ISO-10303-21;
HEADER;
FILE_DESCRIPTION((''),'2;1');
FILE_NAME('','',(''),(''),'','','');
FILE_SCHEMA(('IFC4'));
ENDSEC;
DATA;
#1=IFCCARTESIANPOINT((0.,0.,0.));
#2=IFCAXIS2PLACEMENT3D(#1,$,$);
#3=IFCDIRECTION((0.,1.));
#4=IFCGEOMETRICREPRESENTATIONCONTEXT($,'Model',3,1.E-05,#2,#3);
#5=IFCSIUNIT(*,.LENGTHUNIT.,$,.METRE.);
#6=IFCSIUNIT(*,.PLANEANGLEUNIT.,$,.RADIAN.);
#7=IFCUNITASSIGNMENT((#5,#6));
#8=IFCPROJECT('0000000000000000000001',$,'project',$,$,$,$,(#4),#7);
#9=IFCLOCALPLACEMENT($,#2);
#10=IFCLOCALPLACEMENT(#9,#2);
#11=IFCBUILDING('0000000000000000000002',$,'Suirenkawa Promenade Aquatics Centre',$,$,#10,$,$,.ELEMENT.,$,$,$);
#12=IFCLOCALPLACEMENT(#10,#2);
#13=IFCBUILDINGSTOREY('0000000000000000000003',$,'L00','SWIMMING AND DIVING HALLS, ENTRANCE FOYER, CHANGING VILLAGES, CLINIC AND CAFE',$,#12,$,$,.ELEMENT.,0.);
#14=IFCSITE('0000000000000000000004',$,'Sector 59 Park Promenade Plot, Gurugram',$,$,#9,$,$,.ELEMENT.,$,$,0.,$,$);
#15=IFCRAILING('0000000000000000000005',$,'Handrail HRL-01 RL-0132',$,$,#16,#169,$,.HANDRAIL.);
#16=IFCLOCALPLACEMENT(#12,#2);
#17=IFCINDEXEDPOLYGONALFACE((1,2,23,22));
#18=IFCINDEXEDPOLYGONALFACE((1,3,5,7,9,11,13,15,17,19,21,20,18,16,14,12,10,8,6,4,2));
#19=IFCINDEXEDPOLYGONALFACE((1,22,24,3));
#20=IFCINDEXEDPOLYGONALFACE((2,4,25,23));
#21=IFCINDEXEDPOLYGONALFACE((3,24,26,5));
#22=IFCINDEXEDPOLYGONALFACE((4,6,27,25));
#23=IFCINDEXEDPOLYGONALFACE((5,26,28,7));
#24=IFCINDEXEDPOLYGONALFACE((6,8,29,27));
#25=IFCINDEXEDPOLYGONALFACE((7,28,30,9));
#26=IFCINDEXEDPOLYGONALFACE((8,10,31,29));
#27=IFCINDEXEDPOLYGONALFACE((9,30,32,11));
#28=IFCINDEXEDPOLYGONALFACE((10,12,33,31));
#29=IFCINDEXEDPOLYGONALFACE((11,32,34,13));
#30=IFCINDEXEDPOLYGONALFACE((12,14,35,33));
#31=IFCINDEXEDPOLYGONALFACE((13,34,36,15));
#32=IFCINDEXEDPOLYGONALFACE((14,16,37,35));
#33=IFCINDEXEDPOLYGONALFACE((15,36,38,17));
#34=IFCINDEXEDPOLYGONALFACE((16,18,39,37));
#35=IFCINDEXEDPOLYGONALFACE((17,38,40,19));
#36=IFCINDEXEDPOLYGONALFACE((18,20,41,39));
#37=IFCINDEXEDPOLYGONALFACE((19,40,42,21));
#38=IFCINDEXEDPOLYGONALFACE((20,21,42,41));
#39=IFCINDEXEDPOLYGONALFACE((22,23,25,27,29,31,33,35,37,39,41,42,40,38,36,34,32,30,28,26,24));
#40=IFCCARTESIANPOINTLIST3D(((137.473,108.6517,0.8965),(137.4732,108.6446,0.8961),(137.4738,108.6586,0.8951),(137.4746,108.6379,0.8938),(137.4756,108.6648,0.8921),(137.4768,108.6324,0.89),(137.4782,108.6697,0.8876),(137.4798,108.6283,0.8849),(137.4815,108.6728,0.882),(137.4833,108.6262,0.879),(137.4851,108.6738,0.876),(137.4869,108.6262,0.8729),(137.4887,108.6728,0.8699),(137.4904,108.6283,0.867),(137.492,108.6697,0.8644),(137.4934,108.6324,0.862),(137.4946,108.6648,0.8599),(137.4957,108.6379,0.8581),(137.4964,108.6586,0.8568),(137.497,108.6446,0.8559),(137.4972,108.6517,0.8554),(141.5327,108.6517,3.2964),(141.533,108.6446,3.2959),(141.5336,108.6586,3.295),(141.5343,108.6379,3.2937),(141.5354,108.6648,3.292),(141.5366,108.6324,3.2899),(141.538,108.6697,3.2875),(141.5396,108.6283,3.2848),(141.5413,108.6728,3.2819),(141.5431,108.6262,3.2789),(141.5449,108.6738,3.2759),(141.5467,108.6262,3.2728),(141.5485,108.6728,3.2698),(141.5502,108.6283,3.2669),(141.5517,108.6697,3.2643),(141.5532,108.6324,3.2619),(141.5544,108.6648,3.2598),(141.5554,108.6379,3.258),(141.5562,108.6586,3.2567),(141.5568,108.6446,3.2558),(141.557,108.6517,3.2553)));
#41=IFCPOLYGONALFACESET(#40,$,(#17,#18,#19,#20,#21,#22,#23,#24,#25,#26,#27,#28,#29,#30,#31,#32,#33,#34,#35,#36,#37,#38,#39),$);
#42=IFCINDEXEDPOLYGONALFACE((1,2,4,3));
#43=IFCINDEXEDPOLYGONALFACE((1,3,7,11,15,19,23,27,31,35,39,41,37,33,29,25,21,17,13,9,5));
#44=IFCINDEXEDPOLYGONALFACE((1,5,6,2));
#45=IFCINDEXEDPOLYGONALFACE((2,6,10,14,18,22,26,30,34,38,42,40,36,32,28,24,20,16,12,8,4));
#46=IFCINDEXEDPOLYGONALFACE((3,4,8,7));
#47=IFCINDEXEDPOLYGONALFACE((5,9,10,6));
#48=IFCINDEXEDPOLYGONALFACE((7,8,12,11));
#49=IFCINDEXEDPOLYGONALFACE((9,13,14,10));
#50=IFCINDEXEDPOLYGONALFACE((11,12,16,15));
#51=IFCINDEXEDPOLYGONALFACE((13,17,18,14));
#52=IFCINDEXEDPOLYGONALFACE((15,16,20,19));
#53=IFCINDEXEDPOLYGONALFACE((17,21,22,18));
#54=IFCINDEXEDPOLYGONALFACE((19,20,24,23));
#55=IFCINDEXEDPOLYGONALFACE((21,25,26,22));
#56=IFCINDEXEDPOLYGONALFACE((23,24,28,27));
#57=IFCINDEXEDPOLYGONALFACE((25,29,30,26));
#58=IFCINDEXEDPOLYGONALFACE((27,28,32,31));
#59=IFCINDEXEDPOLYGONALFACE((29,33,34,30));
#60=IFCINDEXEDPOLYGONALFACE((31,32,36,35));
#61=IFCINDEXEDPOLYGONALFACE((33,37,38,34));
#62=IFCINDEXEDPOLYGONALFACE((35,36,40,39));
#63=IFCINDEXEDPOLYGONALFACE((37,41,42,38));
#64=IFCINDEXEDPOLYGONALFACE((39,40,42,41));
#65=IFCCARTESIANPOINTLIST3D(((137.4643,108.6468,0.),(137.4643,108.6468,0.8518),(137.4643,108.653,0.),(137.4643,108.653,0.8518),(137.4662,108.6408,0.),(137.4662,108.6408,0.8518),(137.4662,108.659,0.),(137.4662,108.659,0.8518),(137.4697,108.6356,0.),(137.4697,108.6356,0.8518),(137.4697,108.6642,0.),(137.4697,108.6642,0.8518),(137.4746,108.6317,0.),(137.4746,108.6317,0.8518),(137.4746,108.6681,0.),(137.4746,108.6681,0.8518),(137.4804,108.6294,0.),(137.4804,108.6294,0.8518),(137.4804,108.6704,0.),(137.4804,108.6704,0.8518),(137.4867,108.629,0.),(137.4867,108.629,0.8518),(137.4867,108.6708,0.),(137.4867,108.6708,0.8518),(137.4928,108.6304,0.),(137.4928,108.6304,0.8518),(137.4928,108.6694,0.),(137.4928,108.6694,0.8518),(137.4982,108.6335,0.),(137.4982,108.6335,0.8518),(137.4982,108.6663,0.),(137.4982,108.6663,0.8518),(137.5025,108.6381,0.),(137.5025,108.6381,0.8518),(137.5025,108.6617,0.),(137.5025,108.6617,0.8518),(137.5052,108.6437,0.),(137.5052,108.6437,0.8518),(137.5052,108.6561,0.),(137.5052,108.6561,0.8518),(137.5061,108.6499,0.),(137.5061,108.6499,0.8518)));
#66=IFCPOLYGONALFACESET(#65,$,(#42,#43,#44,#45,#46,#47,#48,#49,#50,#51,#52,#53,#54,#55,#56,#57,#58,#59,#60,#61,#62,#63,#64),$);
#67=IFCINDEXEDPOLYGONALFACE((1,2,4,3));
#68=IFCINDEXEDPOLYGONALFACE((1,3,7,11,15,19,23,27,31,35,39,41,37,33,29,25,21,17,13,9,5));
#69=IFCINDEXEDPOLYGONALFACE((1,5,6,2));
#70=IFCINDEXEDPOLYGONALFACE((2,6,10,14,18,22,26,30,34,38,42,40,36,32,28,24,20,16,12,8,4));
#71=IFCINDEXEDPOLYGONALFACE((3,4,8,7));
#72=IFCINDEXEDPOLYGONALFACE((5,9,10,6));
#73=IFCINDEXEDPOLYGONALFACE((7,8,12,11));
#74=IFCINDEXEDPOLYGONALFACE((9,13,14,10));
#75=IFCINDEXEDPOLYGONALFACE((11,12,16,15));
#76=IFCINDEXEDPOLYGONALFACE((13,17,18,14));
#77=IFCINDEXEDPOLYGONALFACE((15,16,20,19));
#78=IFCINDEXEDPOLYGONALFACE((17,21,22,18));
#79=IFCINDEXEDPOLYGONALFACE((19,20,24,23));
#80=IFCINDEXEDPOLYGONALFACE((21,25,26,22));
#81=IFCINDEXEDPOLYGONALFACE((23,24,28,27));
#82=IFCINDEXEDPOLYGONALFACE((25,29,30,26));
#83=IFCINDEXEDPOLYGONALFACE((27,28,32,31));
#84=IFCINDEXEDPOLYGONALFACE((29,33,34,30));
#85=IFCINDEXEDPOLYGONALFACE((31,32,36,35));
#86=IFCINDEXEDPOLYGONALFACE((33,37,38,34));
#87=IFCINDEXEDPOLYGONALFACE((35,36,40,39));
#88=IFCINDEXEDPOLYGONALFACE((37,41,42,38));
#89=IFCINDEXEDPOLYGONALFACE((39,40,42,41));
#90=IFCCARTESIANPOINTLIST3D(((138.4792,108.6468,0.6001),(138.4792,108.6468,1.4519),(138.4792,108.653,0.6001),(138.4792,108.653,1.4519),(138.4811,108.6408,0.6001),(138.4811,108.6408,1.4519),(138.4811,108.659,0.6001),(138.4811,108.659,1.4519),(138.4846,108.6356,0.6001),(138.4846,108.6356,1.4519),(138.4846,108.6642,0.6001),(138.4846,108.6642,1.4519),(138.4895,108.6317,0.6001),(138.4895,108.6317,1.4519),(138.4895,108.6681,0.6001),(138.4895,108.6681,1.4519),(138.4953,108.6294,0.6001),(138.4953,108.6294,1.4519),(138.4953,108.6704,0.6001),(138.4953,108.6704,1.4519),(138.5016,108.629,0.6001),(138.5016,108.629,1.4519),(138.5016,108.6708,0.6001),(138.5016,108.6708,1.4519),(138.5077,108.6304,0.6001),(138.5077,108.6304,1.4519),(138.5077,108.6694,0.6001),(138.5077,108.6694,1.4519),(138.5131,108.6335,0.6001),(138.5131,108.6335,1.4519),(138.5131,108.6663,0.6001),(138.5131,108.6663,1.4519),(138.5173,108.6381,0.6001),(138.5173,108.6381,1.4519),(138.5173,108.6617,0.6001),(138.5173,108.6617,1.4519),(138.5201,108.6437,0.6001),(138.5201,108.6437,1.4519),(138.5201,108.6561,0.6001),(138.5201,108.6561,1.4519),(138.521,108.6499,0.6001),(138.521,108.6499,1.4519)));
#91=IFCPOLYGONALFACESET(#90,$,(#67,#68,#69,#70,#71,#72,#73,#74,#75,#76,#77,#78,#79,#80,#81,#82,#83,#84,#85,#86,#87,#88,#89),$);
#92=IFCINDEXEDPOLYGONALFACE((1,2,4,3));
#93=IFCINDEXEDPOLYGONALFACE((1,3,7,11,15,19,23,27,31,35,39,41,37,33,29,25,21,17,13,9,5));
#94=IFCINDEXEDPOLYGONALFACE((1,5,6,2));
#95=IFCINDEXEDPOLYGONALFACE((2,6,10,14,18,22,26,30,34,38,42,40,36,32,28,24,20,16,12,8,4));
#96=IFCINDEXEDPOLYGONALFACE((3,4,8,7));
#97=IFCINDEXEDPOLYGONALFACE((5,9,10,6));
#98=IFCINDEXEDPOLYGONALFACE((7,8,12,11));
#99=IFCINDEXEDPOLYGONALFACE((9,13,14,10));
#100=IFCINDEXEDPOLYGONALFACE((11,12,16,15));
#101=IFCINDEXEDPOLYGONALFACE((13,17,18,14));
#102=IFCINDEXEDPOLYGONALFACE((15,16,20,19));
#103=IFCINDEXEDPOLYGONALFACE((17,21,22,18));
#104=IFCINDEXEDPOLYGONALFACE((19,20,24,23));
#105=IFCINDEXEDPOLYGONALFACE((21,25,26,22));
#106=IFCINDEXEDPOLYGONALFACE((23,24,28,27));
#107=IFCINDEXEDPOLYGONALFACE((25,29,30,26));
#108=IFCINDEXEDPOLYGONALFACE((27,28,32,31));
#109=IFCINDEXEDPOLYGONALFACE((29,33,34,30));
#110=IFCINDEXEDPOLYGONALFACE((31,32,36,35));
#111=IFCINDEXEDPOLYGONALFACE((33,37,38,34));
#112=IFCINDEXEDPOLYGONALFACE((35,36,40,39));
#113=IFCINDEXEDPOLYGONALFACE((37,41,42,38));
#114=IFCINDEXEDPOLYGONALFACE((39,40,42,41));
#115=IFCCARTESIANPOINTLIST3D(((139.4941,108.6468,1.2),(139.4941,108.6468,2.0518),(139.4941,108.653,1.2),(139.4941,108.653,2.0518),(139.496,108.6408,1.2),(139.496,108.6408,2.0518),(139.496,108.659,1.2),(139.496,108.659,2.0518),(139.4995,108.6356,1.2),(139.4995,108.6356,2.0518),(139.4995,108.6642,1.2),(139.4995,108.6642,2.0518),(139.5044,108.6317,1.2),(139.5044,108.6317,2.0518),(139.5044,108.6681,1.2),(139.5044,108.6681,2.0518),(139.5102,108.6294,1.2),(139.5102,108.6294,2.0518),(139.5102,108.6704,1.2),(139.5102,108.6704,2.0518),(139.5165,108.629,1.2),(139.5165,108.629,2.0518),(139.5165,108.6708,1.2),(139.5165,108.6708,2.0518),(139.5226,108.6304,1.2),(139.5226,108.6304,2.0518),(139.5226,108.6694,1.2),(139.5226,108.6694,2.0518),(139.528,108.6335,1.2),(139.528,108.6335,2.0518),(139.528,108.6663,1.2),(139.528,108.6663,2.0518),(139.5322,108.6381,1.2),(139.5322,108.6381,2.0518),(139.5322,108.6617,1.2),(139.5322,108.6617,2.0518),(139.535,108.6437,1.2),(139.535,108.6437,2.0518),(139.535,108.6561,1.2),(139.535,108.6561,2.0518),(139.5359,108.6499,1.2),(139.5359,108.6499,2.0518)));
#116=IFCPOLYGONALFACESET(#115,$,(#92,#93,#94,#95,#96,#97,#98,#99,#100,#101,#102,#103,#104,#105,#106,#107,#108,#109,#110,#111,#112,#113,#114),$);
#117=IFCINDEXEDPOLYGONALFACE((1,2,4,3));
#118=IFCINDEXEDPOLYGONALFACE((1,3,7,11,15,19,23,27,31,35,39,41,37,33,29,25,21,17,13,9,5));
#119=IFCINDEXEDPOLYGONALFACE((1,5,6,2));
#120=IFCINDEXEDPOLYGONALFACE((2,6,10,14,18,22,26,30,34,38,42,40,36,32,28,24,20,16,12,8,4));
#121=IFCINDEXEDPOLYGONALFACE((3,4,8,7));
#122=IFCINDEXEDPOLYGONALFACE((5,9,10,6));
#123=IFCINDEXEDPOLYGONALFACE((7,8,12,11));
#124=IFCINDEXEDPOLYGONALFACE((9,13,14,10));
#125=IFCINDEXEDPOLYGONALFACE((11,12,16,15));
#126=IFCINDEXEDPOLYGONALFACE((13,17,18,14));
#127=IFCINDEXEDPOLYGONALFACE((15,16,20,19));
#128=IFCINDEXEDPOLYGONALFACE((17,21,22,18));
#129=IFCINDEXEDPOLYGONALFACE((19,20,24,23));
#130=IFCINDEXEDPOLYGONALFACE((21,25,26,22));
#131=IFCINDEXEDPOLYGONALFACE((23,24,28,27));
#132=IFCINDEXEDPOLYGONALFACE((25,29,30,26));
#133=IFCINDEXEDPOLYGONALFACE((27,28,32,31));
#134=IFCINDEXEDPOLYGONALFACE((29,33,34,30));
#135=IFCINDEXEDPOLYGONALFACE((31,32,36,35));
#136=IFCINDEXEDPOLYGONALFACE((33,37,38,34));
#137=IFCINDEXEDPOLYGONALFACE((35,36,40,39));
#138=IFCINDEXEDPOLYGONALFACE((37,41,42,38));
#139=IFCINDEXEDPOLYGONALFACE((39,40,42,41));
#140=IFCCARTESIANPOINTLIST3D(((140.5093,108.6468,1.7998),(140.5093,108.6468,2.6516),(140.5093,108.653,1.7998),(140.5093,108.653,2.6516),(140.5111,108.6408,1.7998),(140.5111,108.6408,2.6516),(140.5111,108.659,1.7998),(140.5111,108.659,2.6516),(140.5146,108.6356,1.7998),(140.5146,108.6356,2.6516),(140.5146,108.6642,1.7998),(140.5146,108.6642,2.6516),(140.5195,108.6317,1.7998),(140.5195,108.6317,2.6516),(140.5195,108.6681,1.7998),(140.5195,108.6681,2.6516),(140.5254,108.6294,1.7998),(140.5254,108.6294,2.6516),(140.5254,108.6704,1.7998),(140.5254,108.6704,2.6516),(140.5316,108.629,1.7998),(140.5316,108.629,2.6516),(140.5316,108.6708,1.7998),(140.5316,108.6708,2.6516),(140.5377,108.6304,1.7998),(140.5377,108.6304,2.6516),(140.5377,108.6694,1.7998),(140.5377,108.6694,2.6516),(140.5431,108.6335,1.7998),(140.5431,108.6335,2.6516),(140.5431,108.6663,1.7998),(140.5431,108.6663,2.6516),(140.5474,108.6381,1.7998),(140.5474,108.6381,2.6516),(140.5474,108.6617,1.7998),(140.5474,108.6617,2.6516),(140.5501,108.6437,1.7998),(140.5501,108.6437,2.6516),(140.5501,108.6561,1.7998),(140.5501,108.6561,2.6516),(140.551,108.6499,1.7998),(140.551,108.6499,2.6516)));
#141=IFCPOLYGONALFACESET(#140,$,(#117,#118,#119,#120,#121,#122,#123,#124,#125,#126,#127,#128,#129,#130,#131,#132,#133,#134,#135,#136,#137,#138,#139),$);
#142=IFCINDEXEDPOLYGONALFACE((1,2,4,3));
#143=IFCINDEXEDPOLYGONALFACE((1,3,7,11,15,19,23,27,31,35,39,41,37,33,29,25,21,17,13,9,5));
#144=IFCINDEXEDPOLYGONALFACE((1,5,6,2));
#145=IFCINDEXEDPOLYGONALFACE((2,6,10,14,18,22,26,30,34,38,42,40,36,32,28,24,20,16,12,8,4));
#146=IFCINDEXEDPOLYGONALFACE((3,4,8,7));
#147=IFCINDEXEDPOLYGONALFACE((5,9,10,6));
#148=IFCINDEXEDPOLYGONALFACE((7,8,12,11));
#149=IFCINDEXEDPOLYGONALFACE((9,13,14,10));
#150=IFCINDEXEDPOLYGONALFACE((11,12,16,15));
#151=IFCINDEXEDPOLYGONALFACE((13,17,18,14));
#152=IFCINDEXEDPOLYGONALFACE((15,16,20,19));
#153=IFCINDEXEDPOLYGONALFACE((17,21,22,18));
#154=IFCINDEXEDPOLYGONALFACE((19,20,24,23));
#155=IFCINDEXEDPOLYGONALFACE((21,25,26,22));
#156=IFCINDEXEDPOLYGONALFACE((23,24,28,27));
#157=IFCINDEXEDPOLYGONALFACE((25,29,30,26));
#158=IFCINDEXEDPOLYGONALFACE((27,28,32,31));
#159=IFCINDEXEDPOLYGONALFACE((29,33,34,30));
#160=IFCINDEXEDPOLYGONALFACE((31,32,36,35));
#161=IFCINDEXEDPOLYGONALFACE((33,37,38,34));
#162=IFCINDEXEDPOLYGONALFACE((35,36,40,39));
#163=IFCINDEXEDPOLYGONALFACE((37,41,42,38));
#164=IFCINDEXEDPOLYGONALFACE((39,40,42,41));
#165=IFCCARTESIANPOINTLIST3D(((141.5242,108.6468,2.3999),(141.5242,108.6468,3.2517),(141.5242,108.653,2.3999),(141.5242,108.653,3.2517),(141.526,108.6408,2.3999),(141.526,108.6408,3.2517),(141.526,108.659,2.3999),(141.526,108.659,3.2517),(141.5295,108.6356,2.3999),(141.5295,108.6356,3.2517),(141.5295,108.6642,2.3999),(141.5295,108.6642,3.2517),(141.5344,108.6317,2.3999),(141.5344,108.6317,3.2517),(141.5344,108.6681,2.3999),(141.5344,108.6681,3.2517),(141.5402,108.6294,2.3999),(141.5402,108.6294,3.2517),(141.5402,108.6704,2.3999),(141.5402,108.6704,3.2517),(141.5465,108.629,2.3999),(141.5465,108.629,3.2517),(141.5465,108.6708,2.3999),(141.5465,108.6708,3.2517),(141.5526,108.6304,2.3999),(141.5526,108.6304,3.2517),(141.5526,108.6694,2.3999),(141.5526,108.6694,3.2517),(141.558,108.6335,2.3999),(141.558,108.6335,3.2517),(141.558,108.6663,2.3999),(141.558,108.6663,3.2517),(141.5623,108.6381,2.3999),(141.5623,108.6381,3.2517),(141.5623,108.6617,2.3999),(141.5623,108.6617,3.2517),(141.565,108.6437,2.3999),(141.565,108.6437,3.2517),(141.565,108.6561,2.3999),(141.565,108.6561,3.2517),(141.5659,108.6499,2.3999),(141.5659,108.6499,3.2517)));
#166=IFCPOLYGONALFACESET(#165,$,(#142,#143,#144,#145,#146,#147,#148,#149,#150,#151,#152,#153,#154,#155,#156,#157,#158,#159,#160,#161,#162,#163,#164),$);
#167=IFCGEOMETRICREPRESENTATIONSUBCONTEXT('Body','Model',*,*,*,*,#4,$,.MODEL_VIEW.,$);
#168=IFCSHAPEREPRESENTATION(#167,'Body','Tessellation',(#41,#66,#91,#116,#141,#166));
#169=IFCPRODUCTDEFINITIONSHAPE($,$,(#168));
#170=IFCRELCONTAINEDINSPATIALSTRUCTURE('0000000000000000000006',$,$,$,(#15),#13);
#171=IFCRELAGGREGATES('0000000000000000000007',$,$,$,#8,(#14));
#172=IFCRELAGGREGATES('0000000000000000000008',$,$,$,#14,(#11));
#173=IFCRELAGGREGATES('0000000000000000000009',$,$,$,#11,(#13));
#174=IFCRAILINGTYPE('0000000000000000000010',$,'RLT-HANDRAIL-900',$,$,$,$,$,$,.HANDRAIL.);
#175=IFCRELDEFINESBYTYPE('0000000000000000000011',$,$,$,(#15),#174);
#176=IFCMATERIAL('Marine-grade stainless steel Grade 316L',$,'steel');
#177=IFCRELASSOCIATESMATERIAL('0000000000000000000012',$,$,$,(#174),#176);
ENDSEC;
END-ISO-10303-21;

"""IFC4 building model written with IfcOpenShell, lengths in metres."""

from ifc_helpers import new_model, si_unit, direction, frame, origin, origin_2d, place, context, subcontext, project, spatial, circle, extrude, material, type_object, element, save


model = new_model("IFC4")

# Units and contexts
model_context = context("Model", 3, precision=1e-05, world=origin(), true_north=direction((0.0, 1.0)))
body_context = subcontext(model_context, "Body", "Model", "MODEL_VIEW")
ifc_project = project(units=[si_unit("LENGTHUNIT", "METRE"), si_unit("PLANEANGLEUNIT", "RADIAN")], contexts=[model_context])

# Site, building, storey
site_placement = place(None, origin())
site = spatial("IfcSite", under=ifc_project, at=site_placement, Name="Sector 59 Park Promenade Plot, Gurugram", CompositionType="ELEMENT", RefElevation=0.0)
building_placement = place(site_placement, origin())
building = spatial("IfcBuilding", under=site, at=building_placement, Name="Suirenkawa Promenade Aquatics Centre", CompositionType="ELEMENT")
storey_placement = place(building_placement, origin())
storey = spatial("IfcBuildingStorey", under=building, at=storey_placement, Name="L00", Description="SWIMMING AND DIVING HALLS, ENTRANCE FOYER, CHANGING VILLAGES, CLINIC AND CAFE", CompositionType="ELEMENT", Elevation=0.0)

# Railing
ifc_material_1 = material(Name="Marine-grade stainless steel Grade 316L", Category="steel")
railing_type_1 = type_object("IfcRailingType", Name="RLT-HANDRAIL-900", PredefinedType="HANDRAIL", material=ifc_material_1)
for number, where, name in (
    (1, (137.4851, 108.6499, 0.0), "Handrail HRL-01 RL-0132"),
):
    element("IfcRailing", number, at=place(storey_placement, frame(where)), inside=storey, type_object=railing_type_1, Name=name, PredefinedType="HANDRAIL", context=body_context, shape_type="SweptSolid", body=[
        extrude(circle(Radius=0.0239, at=origin_2d()), frame((0.0, 0.0, 0.876), z_axis=(0.860841, 0.0, 0.508874), x_axis=(0.0, 1.0, 0.0)), (0.0, 0.0, 1.0), 4.7161),
        extrude(circle(Radius=0.021, at=origin_2d()), origin(), (0.0, 0.0, 1.0), 0.8518),
        extrude(circle(Radius=0.021, at=origin_2d()), frame((1.0149, 0.0, 0.6001)), (0.0, 0.0, 1.0), 0.8518),
        extrude(circle(Radius=0.021, at=origin_2d()), frame((2.0298, 0.0, 1.2)), (0.0, 0.0, 1.0), 0.8518),
        extrude(circle(Radius=0.021, at=origin_2d()), frame((3.0449, 0.0, 1.7998)), (0.0, 0.0, 1.0), 0.8518),
        extrude(circle(Radius=0.021, at=origin_2d()), frame((4.0598, 0.0, 2.3999)), (0.0, 0.0, 1.0), 0.8518),
    ])

save(model, "model.ifc")
